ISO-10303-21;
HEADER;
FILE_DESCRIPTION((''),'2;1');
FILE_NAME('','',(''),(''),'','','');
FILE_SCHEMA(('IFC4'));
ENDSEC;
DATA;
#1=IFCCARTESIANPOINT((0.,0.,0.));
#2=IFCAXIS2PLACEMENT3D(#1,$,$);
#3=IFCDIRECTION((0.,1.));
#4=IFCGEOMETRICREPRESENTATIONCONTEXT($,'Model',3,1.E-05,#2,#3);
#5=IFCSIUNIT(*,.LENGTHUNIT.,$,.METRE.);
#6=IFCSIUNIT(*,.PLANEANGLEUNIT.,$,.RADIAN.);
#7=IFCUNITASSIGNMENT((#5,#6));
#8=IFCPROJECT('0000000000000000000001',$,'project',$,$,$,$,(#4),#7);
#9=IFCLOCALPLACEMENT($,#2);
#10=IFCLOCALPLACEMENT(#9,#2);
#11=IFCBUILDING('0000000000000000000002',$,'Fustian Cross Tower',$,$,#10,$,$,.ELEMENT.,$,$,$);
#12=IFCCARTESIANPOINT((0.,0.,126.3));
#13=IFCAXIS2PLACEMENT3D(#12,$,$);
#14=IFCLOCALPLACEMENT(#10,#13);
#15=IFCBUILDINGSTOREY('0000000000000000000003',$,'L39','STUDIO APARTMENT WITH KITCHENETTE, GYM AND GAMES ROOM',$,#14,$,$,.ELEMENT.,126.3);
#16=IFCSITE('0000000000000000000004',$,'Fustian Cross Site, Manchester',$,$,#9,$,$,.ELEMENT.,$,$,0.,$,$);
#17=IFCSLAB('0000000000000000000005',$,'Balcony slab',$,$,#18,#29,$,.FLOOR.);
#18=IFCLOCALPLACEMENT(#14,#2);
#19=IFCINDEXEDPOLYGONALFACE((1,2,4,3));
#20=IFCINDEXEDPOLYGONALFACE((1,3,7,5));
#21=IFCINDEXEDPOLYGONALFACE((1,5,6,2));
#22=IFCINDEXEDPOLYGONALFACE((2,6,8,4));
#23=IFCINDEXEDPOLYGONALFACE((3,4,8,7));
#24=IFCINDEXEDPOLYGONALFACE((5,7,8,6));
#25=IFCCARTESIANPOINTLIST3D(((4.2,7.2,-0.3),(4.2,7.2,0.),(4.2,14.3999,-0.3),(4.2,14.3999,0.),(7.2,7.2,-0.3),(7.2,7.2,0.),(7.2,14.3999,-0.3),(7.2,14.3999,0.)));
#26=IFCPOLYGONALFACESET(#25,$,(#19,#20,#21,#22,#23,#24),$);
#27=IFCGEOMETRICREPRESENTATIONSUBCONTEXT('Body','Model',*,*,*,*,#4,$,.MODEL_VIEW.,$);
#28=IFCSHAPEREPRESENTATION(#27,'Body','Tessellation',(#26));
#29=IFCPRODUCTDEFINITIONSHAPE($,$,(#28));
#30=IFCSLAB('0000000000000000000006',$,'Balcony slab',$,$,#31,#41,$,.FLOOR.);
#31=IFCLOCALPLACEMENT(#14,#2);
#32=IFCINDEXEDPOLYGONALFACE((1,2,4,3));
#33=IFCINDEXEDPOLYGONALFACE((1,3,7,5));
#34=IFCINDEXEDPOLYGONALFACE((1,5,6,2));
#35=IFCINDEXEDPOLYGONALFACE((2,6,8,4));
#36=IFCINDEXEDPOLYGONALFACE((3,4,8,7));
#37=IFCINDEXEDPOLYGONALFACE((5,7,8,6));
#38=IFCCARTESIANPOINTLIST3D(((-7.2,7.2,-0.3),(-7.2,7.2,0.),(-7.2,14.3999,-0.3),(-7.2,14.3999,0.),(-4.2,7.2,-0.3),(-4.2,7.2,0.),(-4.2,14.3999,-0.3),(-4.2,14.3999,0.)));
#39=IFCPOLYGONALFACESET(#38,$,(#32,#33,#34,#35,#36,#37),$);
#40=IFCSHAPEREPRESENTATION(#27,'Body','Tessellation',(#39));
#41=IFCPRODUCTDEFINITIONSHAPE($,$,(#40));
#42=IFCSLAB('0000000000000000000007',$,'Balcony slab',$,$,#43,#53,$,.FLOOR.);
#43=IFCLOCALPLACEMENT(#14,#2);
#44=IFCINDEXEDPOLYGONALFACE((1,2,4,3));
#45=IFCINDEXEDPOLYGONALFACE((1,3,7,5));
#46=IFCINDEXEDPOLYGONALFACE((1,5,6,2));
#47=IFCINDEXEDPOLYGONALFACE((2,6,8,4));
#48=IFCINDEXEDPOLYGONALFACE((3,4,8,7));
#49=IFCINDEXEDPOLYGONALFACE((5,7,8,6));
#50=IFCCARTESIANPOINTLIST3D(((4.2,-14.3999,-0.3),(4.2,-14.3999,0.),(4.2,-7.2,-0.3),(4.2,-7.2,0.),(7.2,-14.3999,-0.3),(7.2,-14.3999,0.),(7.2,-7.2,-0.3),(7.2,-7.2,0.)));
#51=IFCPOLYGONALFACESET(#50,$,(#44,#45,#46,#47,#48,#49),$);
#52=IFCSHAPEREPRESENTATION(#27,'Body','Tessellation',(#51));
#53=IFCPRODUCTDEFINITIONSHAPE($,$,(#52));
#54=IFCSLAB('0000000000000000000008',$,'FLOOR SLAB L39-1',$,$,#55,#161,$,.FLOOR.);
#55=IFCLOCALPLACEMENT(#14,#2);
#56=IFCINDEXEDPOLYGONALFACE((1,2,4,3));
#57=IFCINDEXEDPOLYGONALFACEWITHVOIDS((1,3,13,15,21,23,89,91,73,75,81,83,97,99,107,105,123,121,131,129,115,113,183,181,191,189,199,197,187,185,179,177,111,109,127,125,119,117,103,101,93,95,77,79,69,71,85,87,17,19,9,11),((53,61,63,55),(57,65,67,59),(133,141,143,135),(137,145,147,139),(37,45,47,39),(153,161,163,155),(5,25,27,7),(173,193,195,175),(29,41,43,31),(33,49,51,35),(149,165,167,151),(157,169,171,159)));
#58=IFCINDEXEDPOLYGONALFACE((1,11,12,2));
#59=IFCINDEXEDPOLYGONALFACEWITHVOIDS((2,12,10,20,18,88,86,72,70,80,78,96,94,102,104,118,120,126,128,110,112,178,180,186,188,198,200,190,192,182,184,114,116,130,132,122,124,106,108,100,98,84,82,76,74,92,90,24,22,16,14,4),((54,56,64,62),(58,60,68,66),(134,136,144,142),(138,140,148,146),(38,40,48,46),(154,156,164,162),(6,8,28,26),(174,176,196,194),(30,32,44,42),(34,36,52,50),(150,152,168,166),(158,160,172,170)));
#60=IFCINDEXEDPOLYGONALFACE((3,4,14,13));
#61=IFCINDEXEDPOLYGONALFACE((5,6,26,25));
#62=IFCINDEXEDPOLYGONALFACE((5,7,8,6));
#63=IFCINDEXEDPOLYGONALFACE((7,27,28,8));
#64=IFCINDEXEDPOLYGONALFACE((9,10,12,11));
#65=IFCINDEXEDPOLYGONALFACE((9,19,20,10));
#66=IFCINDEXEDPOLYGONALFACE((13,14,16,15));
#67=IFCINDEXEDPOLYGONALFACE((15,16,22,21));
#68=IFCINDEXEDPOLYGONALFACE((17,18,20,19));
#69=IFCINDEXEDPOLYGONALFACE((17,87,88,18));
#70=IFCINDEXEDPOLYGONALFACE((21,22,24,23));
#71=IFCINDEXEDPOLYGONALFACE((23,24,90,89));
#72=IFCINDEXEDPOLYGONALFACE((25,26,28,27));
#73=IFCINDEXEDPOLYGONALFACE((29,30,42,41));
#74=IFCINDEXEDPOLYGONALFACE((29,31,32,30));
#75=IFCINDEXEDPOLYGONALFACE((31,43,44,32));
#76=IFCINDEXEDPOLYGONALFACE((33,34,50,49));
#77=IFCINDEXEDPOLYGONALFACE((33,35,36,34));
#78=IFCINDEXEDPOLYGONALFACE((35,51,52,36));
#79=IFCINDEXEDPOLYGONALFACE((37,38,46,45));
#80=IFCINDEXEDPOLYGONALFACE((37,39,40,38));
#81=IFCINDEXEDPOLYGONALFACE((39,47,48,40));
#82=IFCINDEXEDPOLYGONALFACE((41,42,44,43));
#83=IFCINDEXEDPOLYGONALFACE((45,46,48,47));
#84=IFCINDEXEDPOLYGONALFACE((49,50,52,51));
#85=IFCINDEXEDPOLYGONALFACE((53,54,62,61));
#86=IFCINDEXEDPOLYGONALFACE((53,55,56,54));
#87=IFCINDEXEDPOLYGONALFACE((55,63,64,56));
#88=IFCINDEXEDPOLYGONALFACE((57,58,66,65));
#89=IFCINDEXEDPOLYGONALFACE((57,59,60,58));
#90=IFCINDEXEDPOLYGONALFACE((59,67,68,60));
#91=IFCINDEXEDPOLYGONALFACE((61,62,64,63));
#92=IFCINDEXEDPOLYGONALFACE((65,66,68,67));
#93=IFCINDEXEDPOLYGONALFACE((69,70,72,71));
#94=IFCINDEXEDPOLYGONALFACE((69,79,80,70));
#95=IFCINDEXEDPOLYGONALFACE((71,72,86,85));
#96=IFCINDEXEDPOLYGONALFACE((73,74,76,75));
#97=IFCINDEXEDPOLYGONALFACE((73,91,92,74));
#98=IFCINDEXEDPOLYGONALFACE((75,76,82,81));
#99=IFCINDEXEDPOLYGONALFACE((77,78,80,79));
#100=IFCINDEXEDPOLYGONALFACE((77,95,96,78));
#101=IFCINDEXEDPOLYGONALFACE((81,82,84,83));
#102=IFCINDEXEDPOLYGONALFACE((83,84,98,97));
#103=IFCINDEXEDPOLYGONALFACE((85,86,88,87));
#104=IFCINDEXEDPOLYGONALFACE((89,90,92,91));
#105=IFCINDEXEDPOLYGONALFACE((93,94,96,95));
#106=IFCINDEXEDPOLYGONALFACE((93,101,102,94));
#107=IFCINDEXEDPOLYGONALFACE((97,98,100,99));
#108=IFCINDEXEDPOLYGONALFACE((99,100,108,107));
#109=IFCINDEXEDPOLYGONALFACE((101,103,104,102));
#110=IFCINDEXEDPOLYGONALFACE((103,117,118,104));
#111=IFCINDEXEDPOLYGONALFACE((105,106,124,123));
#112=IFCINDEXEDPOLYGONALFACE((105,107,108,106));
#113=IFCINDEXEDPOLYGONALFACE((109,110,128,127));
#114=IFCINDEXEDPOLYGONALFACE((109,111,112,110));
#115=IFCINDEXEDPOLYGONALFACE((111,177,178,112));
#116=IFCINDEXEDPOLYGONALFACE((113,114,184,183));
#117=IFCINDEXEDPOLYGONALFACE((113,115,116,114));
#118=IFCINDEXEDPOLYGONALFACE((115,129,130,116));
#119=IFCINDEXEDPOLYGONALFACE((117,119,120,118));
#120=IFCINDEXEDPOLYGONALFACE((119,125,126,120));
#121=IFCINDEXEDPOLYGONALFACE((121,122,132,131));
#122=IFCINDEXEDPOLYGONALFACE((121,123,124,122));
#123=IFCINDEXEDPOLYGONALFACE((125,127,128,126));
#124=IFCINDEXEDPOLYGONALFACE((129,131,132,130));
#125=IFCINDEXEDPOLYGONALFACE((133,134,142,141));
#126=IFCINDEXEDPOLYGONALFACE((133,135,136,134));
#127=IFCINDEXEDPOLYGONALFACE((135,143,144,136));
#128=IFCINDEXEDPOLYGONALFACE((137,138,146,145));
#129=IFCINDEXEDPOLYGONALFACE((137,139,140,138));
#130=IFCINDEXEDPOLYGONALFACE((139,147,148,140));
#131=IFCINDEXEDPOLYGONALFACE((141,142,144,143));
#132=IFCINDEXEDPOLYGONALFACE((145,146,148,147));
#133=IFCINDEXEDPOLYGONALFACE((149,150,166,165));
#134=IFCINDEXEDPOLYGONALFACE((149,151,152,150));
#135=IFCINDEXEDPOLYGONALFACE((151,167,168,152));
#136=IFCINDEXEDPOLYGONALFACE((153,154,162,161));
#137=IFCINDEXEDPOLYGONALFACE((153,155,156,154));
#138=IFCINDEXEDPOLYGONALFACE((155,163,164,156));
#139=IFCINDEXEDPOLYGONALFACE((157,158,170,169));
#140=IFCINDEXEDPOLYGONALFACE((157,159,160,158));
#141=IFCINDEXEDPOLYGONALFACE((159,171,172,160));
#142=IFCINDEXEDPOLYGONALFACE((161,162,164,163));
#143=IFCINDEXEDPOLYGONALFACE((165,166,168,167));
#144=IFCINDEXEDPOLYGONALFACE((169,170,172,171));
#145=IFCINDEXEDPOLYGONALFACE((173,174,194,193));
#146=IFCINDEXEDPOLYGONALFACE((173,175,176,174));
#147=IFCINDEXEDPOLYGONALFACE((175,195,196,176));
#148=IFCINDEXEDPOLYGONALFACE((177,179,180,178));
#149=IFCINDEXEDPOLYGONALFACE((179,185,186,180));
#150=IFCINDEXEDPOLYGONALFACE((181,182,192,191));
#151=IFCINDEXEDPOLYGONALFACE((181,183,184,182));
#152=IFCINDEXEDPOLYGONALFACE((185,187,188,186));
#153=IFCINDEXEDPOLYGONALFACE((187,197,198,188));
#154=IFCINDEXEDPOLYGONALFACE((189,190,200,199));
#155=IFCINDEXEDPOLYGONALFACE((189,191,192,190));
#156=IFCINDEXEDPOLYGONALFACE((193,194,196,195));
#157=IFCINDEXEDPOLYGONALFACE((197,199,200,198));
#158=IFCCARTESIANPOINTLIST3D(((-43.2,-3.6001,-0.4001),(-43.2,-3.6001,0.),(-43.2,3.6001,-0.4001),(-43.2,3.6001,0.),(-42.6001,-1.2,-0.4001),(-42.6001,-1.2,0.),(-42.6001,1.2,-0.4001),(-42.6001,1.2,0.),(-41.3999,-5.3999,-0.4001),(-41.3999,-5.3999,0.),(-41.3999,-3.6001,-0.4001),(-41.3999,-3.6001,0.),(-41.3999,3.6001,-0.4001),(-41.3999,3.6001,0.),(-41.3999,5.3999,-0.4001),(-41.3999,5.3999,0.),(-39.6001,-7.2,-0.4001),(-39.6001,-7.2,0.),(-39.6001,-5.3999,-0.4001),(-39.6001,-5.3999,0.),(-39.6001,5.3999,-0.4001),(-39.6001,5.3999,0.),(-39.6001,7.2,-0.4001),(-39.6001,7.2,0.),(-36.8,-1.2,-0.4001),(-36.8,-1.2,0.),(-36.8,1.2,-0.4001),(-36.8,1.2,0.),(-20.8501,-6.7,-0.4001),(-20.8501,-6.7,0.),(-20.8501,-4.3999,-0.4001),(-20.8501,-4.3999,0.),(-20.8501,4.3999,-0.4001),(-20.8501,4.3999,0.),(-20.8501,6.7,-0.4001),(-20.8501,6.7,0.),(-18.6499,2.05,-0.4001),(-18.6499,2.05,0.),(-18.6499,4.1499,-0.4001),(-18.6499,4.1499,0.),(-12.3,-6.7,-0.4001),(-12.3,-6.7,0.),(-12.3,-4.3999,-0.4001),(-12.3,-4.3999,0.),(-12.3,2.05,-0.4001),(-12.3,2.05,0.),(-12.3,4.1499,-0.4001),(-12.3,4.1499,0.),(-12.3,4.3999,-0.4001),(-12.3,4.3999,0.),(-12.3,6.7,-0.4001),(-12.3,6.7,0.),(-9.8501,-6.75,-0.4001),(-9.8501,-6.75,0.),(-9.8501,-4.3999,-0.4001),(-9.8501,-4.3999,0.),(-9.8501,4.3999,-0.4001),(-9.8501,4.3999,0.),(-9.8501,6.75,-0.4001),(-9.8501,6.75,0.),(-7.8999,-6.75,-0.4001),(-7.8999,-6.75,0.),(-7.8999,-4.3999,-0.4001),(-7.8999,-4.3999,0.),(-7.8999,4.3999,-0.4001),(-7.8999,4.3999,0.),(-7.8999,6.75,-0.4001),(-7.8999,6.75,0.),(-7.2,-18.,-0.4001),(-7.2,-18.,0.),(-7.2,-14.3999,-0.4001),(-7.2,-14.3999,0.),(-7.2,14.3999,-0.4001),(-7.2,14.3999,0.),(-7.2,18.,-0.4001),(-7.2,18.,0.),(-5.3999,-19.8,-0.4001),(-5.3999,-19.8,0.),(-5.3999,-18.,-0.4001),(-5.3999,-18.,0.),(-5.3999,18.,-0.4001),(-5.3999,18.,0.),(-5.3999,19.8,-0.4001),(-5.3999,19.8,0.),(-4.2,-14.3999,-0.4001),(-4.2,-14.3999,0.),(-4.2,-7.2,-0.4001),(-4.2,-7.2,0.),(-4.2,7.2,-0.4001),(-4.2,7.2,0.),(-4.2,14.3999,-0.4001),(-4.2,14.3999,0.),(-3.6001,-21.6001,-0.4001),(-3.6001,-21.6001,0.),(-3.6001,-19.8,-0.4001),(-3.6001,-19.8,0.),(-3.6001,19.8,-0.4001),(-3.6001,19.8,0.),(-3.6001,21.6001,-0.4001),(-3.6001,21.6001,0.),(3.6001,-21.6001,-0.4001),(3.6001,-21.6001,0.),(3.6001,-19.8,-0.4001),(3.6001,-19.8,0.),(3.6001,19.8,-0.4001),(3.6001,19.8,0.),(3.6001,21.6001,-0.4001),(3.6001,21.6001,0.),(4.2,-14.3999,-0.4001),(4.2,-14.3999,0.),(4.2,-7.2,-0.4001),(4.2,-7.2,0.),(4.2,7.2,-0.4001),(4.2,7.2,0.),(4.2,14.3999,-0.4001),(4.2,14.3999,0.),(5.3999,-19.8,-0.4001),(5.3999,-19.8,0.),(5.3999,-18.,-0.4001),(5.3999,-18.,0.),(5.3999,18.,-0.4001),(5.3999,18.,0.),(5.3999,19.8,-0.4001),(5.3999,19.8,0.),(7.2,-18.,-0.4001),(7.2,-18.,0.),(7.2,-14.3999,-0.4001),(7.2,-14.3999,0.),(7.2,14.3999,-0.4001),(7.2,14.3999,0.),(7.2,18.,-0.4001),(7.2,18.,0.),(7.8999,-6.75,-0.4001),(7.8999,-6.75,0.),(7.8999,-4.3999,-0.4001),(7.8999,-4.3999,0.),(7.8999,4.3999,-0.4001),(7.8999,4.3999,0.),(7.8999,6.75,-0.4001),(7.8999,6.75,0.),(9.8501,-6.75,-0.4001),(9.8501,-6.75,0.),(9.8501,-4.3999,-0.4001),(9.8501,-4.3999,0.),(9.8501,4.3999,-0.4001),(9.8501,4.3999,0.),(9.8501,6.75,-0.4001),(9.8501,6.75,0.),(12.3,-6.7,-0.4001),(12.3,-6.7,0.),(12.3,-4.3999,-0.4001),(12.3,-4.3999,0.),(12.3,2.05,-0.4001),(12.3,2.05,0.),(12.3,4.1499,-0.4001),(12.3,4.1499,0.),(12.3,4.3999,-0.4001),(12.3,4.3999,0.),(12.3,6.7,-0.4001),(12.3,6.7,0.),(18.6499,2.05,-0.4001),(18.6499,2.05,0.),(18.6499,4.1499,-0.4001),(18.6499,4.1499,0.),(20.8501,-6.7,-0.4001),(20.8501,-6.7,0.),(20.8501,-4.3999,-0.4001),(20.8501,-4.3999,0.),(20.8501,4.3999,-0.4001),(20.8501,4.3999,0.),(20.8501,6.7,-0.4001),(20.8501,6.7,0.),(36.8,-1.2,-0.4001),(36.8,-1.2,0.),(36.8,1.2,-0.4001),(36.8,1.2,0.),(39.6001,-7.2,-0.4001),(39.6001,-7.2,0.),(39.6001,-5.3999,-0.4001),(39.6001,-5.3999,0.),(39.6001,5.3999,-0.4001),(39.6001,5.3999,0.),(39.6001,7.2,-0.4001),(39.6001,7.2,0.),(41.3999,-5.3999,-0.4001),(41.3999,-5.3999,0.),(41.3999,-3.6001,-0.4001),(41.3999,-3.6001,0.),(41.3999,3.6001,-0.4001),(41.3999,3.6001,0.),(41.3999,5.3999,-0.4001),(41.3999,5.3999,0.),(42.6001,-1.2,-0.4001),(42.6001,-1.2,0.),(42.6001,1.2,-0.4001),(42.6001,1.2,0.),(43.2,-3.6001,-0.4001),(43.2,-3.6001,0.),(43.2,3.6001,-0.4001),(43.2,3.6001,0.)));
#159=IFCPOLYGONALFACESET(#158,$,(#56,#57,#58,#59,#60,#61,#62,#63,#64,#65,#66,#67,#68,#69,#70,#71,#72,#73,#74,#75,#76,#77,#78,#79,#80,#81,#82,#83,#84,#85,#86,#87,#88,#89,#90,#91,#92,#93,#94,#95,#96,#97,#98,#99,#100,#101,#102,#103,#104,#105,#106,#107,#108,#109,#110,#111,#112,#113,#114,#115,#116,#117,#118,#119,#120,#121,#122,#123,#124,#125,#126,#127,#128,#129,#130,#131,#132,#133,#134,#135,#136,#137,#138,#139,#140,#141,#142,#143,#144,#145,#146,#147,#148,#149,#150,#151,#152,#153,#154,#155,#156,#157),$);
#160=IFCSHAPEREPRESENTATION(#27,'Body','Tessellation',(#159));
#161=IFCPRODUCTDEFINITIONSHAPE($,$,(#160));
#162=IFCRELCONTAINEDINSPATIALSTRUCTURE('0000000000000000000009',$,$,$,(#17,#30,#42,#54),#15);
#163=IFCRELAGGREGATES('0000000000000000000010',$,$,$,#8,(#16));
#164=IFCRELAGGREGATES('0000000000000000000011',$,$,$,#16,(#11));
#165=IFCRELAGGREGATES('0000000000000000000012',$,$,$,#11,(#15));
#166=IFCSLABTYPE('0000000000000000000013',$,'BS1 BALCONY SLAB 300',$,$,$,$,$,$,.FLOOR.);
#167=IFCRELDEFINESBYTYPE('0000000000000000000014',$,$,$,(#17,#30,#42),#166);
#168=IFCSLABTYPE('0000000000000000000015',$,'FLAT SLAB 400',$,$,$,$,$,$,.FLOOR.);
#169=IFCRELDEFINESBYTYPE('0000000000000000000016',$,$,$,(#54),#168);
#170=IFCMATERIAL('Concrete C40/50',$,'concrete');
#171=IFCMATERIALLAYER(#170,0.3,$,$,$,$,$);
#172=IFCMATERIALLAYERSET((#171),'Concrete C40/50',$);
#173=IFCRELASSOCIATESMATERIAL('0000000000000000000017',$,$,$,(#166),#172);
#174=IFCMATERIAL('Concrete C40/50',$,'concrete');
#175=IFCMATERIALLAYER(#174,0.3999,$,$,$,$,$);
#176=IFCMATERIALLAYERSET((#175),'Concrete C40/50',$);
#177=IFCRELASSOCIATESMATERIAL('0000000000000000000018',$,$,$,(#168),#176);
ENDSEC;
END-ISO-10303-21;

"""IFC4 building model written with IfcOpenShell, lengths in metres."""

from ifc_helpers import new_model, si_unit, direction, frame, origin, place, context, subcontext, project, spatial, polyline, outline, extrude, material, layer, layer_set, type_object, element, save


model = new_model("IFC4")

# Units and contexts
model_context = context("Model", 3, precision=1e-05, world=origin(), true_north=direction((0.0, 1.0)))
body_context = subcontext(model_context, "Body", "Model", "MODEL_VIEW")
ifc_project = project(units=[si_unit("LENGTHUNIT", "METRE"), si_unit("PLANEANGLEUNIT", "RADIAN")], contexts=[model_context])

# Site, building, storey
site_placement = place(None, origin())
site = spatial("IfcSite", under=ifc_project, at=site_placement, Name="Fustian Cross Site, Manchester", CompositionType="ELEMENT", RefElevation=0.0)
building_placement = place(site_placement, origin())
building = spatial("IfcBuilding", under=site, at=building_placement, Name="Fustian Cross Tower", CompositionType="ELEMENT")
storey_placement = place(building_placement, frame((0.0, 0.0, 126.3)))
storey = spatial("IfcBuildingStorey", under=building, at=storey_placement, Name="L39", Description="STUDIO APARTMENT WITH KITCHENETTE, GYM AND GAMES ROOM", CompositionType="ELEMENT", Elevation=126.3)

# Slabs
ifc_material_1 = material(Name="Concrete C40/50", Category="concrete")
ifc_layer_1 = layer(ifc_material_1, 0.3)
ifc_layer_set_1 = layer_set([ifc_layer_1], Name="Concrete C40/50")
slab_type_1 = type_object("IfcSlabType", Name="BS1 BALCONY SLAB 300", PredefinedType="FLOOR", material=ifc_layer_set_1)
slab_1_placement = place(storey_placement, frame((0.0, 0.0, -0.3)))
element("IfcSlab", 1, at=slab_1_placement, inside=storey, type_object=slab_type_1, Name="Balcony slab", PredefinedType="FLOOR", context=body_context, shape_type="SweptSolid", body=[
    extrude(outline(polyline([(4.2, 7.2), (7.2, 7.2), (7.2, 14.3999), (4.2, 14.3999), (4.2, 7.2)])), origin(), (0.0, 0.0, 1.0), 0.3),
])
slab_2_placement = place(storey_placement, frame((0.0, 0.0, -0.3)))
element("IfcSlab", 2, at=slab_2_placement, inside=storey, type_object=slab_type_1, Name="Balcony slab", PredefinedType="FLOOR", context=body_context, shape_type="SweptSolid", body=[
    extrude(outline(polyline([(-7.2, 7.2), (-4.2, 7.2), (-4.2, 14.3999), (-7.2, 14.3999), (-7.2, 7.2)])), origin(), (0.0, 0.0, 1.0), 0.3),
])
slab_3_placement = place(storey_placement, frame((0.0, 0.0, -0.3)))
element("IfcSlab", 3, at=slab_3_placement, inside=storey, type_object=slab_type_1, Name="Balcony slab", PredefinedType="FLOOR", context=body_context, shape_type="SweptSolid", body=[
    extrude(outline(polyline([(4.2, -14.3999), (7.2, -14.3999), (7.2, -7.2), (4.2, -7.2), (4.2, -14.3999)])), origin(), (0.0, 0.0, 1.0), 0.3),
])
ifc_material_2 = material(Name="Concrete C40/50", Category="concrete")
ifc_layer_2 = layer(ifc_material_2, 0.3999)
ifc_layer_set_2 = layer_set([ifc_layer_2], Name="Concrete C40/50")
slab_type_2 = type_object("IfcSlabType", Name="FLAT SLAB 400", PredefinedType="FLOOR", material=ifc_layer_set_2)
slab_4_placement = place(storey_placement, frame((0.0, 0.0, -0.4001)))
element("IfcSlab", 4, at=slab_4_placement, inside=storey, type_object=slab_type_2, Name="FLOOR SLAB L39-1", PredefinedType="FLOOR", context=body_context, shape_type="SweptSolid", body=[
    extrude(outline(polyline([(-5.3999, -18.0), (-7.2, -18.0), (-7.2, -14.3999), (-4.2, -14.3999), (-4.2, -7.2), (-39.6001, -7.2), (-39.6001, -5.3999), (-41.3999, -5.3999), (-41.3999, -3.6001), (-43.2, -3.6001), (-43.2, 3.6001), (-41.3999, 3.6001), (-41.3999, 5.3999), (-39.6001, 5.3999), (-39.6001, 7.2), (-4.2, 7.2), (-4.2, 14.3999), (-7.2, 14.3999), (-7.2, 18.0), (-5.3999, 18.0), (-5.3999, 19.8), (-3.6001, 19.8), (-3.6001, 21.6001), (3.6001, 21.6001), (3.6001, 19.8), (5.3999, 19.8), (5.3999, 18.0), (7.2, 18.0), (7.2, 14.3999), (4.2, 14.3999), (4.2, 7.2), (39.6001, 7.2), (39.6001, 5.3999), (41.3999, 5.3999), (41.3999, 3.6001), (43.2, 3.6001), (43.2, -3.6001), (41.3999, -3.6001), (41.3999, -5.3999), (39.6001, -5.3999), (39.6001, -7.2), (4.2, -7.2), (4.2, -14.3999), (7.2, -14.3999), (7.2, -18.0), (5.3999, -18.0), (5.3999, -19.8), (3.6001, -19.8), (3.6001, -21.6001), (-3.6001, -21.6001), (-3.6001, -19.8), (-5.3999, -19.8), (-5.3999, -18.0)]), holes=[polyline([(9.8501, 4.3999), (9.8501, 6.75), (7.8999, 6.75), (7.8999, 4.3999), (9.8501, 4.3999)]), polyline([(7.8999, -6.75), (9.8501, -6.75), (9.8501, -4.3999), (7.8999, -4.3999), (7.8999, -6.75)]), polyline([(-9.8501, 6.75), (-9.8501, 4.3999), (-7.8999, 4.3999), (-7.8999, 6.75), (-9.8501, 6.75)]), polyline([(-7.8999, -4.3999), (-9.8501, -4.3999), (-9.8501, -6.75), (-7.8999, -6.75), (-7.8999, -4.3999)]), polyline([(18.6499, 2.05), (18.6499, 4.1499), (12.3, 4.1499), (12.3, 2.05), (18.6499, 2.05)]), polyline([(-18.6499, 2.05), (-12.3, 2.05), (-12.3, 4.1499), (-18.6499, 4.1499), (-18.6499, 2.05)]), polyline([(12.3, 6.7), (12.3, 4.3999), (20.8501, 4.3999), (20.8501, 6.7), (12.3, 6.7)]), polyline([(20.8501, -4.3999), (12.3, -4.3999), (12.3, -6.7), (20.8501, -6.7), (20.8501, -4.3999)]), polyline([(-12.3, 4.3999), (-12.3, 6.7), (-20.8501, 6.7), (-20.8501, 4.3999), (-12.3, 4.3999)]), polyline([(-20.8501, -6.7), (-12.3, -6.7), (-12.3, -4.3999), (-20.8501, -4.3999), (-20.8501, -6.7)]), polyline([(36.8, 1.2), (36.8, -1.2), (42.6001, -1.2), (42.6001, 1.2), (36.8, 1.2)]), polyline([(-36.8, 1.2), (-42.6001, 1.2), (-42.6001, -1.2), (-36.8, -1.2), (-36.8, 1.2)])]), origin(), (0.0, 0.0, 1.0), 0.4001),
])

save(model, "model.ifc")
